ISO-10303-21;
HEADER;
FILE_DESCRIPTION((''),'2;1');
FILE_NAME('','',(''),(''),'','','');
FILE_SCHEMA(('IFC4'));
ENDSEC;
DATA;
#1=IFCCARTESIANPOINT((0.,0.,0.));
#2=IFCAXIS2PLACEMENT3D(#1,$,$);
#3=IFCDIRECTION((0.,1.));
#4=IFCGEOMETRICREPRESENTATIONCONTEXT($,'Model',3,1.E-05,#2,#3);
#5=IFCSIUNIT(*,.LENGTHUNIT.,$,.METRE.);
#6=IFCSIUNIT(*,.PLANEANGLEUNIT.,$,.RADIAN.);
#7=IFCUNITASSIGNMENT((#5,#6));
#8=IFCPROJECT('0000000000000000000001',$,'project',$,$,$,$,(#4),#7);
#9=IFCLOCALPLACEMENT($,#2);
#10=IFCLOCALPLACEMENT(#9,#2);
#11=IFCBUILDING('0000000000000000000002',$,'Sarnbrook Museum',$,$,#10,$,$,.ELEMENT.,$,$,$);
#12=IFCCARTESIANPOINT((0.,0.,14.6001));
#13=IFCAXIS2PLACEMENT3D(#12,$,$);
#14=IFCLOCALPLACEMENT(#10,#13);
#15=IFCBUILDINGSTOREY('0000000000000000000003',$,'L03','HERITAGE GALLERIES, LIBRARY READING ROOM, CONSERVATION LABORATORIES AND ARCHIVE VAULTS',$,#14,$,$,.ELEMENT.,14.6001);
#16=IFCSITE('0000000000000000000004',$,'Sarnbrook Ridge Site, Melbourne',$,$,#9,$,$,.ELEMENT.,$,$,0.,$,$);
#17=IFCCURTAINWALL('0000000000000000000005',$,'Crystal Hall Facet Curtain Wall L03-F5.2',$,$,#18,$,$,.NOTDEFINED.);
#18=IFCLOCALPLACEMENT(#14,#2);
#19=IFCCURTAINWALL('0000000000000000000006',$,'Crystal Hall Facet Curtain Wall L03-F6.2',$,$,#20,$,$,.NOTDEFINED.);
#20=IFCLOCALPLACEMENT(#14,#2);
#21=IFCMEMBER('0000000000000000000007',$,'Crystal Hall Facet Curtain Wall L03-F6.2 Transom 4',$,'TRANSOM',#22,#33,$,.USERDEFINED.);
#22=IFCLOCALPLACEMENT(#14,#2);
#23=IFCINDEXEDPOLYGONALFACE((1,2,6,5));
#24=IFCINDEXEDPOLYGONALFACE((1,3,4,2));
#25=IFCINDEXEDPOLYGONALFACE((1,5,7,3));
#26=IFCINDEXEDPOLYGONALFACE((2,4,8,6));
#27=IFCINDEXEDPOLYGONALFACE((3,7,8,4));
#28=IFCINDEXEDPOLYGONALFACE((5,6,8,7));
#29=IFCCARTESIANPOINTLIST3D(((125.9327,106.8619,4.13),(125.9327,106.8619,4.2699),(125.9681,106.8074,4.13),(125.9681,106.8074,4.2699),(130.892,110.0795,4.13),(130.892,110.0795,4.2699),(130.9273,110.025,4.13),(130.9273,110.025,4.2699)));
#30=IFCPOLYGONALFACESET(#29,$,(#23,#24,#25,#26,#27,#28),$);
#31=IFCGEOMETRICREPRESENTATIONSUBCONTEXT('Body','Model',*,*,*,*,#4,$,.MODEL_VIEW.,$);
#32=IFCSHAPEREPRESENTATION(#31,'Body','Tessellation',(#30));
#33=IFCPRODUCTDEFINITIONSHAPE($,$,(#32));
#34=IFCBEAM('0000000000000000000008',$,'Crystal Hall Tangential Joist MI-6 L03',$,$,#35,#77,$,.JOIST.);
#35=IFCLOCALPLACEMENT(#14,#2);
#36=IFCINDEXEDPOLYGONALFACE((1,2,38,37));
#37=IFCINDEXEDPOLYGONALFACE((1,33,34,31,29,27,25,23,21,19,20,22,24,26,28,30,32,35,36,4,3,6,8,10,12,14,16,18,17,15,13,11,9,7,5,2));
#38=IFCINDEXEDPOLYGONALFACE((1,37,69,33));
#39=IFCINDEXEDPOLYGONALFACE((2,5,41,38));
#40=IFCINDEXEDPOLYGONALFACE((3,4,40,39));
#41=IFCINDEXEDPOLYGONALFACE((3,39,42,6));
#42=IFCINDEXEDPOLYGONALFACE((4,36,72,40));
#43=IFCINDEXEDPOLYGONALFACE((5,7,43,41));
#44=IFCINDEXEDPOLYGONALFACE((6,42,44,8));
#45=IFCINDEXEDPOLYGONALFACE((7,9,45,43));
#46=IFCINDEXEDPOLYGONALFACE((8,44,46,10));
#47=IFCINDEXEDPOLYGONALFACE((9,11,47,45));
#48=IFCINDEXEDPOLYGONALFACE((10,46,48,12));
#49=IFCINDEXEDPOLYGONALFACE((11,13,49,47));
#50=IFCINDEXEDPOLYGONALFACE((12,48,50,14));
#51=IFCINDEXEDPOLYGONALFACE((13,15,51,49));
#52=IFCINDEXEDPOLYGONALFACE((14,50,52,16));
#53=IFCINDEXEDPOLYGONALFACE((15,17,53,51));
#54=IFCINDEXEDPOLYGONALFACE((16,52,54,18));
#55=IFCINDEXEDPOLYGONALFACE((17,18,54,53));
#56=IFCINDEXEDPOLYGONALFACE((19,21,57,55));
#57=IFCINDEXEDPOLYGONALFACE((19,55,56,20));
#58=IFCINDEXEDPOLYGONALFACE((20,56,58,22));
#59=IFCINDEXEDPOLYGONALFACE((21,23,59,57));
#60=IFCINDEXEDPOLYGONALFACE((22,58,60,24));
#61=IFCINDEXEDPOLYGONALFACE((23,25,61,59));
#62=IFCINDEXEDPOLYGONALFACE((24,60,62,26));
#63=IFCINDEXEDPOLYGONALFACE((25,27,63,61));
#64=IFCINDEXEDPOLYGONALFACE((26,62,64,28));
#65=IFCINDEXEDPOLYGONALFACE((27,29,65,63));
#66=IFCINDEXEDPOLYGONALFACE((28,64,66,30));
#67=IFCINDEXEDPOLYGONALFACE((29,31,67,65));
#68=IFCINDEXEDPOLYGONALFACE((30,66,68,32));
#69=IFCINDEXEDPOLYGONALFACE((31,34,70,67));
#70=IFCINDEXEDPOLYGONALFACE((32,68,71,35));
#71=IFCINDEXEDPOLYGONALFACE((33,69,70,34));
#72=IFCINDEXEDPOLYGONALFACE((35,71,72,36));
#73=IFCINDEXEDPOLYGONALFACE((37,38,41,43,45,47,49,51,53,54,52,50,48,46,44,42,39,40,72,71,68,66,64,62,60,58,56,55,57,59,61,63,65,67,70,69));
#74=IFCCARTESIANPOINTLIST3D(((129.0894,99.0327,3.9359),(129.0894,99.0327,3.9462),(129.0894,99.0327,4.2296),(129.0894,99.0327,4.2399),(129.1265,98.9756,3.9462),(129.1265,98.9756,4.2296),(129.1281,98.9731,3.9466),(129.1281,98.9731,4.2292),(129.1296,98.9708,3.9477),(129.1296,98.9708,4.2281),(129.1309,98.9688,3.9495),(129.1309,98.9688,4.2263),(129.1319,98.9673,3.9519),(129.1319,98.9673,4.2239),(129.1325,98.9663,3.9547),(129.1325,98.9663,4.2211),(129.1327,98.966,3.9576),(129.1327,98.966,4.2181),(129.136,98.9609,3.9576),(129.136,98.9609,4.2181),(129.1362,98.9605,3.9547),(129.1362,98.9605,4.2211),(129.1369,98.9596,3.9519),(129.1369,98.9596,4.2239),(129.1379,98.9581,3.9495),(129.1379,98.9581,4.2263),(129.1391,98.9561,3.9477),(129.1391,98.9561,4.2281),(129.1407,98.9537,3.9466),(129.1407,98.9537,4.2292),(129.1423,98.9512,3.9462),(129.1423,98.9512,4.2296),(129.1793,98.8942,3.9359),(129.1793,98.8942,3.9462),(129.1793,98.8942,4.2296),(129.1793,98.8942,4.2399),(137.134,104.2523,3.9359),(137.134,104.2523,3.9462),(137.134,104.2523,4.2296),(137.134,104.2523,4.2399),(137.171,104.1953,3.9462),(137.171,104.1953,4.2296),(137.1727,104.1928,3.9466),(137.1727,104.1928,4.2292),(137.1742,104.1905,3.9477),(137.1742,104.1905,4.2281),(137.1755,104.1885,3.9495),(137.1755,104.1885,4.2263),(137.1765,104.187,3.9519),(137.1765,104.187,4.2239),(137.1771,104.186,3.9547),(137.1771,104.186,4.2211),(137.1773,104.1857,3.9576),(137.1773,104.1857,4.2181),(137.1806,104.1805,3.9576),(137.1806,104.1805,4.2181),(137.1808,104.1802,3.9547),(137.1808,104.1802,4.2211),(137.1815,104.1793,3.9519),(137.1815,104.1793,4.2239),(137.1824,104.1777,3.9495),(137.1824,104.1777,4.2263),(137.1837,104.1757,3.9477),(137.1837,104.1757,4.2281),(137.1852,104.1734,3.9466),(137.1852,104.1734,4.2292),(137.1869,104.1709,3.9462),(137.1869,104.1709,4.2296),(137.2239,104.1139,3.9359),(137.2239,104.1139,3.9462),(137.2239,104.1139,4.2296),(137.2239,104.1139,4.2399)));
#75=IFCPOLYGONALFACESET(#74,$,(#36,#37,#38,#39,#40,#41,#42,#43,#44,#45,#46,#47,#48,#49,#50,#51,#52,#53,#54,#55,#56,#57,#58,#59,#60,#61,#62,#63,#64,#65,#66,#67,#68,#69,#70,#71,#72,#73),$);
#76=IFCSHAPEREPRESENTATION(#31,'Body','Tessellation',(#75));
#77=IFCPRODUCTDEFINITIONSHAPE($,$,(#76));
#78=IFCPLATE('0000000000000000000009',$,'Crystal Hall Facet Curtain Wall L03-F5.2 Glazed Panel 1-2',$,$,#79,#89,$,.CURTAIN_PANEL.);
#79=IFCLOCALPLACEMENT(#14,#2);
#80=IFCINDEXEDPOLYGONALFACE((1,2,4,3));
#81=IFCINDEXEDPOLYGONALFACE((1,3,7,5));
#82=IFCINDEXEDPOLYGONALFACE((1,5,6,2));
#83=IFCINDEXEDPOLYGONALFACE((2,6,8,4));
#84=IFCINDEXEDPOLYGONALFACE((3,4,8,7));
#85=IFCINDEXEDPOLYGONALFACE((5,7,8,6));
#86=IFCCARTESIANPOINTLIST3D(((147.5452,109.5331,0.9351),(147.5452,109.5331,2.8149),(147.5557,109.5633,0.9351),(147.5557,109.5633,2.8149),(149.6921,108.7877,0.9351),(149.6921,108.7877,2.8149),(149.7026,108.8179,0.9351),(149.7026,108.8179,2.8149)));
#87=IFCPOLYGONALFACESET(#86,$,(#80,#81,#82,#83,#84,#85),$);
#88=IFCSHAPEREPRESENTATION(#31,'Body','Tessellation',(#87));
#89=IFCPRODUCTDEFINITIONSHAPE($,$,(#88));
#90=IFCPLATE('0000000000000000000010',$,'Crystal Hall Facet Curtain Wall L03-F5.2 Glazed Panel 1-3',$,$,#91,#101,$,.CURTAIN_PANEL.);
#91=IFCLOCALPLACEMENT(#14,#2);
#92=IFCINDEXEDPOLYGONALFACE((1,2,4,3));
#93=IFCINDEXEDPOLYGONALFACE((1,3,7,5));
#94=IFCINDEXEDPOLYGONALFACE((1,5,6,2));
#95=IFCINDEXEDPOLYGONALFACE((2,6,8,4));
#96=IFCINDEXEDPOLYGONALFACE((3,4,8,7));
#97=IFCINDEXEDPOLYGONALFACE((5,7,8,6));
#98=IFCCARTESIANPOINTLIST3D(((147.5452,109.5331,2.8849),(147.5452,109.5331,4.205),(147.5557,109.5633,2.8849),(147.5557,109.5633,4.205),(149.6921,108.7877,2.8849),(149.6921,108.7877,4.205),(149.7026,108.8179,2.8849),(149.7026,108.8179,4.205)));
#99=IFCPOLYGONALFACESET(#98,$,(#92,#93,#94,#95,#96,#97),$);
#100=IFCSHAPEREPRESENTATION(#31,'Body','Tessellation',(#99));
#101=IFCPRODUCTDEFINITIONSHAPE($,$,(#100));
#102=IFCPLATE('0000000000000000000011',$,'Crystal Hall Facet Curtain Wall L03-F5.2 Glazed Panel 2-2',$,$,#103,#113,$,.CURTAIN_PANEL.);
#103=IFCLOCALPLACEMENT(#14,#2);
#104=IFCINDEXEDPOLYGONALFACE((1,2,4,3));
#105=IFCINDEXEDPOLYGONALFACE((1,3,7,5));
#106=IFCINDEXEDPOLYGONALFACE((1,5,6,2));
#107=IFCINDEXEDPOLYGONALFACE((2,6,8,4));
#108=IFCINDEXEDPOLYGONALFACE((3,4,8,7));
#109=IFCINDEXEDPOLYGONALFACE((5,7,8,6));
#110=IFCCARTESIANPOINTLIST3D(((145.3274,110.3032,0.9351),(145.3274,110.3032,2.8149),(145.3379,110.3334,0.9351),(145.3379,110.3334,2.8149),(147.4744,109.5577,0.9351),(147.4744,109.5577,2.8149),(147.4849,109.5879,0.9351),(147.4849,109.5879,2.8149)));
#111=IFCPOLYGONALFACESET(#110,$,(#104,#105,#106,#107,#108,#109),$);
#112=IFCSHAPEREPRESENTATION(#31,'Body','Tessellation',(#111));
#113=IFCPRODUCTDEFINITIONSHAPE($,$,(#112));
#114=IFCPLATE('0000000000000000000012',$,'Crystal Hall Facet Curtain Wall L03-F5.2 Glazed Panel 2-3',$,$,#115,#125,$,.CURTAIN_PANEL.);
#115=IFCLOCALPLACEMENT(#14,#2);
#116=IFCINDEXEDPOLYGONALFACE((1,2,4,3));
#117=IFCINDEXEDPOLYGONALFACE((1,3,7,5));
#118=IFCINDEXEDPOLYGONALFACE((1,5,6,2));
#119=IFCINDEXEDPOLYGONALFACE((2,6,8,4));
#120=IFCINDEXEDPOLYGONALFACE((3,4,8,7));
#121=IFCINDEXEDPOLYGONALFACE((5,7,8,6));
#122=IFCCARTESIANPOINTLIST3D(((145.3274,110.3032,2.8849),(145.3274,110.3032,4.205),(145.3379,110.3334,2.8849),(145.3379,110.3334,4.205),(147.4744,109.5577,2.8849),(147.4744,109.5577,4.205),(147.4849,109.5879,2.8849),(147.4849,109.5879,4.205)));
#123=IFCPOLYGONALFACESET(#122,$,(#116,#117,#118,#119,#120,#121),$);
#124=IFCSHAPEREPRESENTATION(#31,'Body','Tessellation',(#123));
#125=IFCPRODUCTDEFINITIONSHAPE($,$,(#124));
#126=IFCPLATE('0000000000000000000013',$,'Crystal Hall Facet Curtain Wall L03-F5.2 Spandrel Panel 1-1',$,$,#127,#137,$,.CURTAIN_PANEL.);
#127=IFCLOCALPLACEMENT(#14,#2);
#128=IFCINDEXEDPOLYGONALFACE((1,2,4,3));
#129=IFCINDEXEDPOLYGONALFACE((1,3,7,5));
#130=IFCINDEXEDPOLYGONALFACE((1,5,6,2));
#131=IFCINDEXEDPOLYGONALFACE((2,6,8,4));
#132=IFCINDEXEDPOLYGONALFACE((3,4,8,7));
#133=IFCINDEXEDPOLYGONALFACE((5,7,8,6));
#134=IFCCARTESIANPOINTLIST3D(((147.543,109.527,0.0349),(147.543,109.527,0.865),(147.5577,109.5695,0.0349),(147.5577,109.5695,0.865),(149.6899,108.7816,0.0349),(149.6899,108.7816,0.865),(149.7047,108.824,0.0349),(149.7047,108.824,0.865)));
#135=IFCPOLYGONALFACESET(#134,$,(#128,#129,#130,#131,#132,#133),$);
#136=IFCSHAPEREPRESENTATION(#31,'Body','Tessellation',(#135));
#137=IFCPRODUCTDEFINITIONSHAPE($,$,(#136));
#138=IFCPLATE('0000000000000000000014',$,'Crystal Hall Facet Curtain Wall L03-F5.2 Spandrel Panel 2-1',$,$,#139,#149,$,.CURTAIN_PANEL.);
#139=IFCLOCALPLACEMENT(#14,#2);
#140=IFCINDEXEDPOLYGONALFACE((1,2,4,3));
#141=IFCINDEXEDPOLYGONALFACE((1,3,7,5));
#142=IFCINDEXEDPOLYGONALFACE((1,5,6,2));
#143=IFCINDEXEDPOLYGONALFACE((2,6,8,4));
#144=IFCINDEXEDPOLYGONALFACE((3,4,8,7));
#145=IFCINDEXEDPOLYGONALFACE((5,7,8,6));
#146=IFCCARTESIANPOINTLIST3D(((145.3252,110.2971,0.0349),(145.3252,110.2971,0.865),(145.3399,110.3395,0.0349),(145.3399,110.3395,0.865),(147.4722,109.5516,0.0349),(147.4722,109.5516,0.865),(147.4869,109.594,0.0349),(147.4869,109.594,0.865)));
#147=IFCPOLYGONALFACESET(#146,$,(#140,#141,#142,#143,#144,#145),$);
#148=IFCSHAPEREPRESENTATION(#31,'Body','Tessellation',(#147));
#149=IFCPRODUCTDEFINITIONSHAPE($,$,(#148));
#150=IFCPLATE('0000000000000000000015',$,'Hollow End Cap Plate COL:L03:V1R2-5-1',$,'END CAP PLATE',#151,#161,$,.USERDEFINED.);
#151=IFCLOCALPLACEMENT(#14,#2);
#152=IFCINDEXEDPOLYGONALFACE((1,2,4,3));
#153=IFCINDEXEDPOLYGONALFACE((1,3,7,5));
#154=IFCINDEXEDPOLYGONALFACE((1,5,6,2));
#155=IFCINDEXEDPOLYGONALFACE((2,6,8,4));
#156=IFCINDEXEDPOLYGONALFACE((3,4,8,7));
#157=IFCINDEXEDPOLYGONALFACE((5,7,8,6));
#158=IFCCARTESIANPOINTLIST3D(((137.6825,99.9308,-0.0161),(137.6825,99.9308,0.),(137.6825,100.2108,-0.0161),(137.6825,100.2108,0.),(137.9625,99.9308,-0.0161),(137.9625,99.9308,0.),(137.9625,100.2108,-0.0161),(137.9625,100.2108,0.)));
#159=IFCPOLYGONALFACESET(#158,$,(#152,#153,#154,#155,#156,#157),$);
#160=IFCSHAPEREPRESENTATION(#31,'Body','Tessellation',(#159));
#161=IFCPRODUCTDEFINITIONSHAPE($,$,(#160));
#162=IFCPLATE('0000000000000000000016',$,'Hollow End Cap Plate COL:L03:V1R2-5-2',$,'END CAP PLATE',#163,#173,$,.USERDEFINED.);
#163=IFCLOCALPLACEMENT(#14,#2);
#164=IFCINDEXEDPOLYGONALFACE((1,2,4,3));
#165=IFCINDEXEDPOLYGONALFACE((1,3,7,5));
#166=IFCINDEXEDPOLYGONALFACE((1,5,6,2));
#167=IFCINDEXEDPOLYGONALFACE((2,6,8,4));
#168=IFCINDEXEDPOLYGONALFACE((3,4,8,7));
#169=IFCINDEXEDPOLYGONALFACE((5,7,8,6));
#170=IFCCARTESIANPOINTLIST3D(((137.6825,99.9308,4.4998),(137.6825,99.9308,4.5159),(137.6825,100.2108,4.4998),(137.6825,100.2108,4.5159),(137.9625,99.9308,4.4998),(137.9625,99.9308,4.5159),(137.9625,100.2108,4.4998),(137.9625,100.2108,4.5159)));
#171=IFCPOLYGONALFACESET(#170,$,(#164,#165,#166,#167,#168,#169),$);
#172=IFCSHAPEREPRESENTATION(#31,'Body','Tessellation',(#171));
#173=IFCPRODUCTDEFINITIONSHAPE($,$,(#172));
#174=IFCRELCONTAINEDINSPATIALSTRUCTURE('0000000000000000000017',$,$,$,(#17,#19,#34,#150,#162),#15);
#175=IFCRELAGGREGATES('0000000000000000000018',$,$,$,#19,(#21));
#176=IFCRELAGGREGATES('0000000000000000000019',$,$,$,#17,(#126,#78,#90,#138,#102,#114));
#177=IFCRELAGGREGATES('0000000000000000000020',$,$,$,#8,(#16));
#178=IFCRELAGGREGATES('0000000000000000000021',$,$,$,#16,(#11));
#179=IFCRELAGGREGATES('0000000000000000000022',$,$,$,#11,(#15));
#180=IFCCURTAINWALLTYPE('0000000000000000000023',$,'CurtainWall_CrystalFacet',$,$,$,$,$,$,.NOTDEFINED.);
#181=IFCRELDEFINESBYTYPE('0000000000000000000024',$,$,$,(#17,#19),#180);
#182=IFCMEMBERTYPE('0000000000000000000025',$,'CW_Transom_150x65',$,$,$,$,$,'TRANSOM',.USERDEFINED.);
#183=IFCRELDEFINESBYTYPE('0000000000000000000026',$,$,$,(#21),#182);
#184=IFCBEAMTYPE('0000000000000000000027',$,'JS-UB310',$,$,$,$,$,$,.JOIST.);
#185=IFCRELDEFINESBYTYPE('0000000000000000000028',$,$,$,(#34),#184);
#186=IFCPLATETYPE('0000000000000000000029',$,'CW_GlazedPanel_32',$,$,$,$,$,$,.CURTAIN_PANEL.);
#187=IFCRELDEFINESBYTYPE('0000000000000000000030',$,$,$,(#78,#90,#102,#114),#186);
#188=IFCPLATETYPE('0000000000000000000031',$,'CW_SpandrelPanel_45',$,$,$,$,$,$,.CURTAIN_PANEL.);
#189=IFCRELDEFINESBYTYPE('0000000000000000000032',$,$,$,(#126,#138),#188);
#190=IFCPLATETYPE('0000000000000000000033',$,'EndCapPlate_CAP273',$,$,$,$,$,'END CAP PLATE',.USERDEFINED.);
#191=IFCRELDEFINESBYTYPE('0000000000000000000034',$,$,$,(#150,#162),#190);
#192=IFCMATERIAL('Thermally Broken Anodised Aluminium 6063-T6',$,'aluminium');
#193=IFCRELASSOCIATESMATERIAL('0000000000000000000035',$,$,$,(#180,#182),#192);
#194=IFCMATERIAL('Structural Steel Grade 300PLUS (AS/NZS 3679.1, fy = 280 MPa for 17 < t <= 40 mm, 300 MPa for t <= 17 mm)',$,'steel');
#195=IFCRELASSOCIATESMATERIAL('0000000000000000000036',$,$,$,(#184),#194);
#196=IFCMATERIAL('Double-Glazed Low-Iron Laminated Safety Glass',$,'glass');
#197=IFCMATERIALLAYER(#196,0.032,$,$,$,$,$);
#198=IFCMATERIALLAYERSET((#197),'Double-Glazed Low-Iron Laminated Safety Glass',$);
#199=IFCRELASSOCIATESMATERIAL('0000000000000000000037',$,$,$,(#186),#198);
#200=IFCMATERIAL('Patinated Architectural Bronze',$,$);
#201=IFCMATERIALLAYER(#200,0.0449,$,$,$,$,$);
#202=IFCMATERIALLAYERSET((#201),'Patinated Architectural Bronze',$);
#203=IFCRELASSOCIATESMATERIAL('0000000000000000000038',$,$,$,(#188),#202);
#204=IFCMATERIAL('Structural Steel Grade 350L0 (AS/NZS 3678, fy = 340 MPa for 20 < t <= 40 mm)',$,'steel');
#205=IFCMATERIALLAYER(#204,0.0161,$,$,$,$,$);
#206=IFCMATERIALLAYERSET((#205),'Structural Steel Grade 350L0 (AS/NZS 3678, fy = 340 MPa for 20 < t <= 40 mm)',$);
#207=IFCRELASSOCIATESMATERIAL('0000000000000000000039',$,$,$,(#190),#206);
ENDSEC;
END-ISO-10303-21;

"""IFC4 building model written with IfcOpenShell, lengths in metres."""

from ifc_helpers import new_model, si_unit, direction, frame, origin, origin_2d, place, context, subcontext, project, spatial, rectangle, i_section, extrude, material, layer, layer_set, material_profile, profile_set, type_object, element, aggregate, save


model = new_model("IFC4")

# Units and contexts
model_context = context("Model", 3, precision=1e-05, world=origin(), true_north=direction((0.0, 1.0)))
body_context = subcontext(model_context, "Body", "Model", "MODEL_VIEW")
ifc_project = project(units=[si_unit("LENGTHUNIT", "METRE"), si_unit("PLANEANGLEUNIT", "RADIAN")], contexts=[model_context])

# Site, building, storey
site_placement = place(None, origin())
site = spatial("IfcSite", under=ifc_project, at=site_placement, Name="Sarnbrook Ridge Site, Melbourne", CompositionType="ELEMENT", RefElevation=0.0)
building_placement = place(site_placement, origin())
building = spatial("IfcBuilding", under=site, at=building_placement, Name="Sarnbrook Museum", CompositionType="ELEMENT")
storey_placement = place(building_placement, frame((0.0, 0.0, 14.6001)))
storey = spatial("IfcBuildingStorey", under=building, at=storey_placement, Name="L03", Description="HERITAGE GALLERIES, LIBRARY READING ROOM, CONSERVATION LABORATORIES AND ARCHIVE VAULTS", CompositionType="ELEMENT", Elevation=14.6001)

# Shared definitions
ifc_material_1 = material(Name="Structural Steel Grade 350L0 (AS/NZS 3678, fy = 340 MPa for 20 < t <= 40 mm)", Category="steel")

# Curtain walls, member
ifc_material_2 = material(Name="Thermally Broken Anodised Aluminium 6063-T6", Category="aluminium")
curtain_wall_type = type_object("IfcCurtainWallType", Name="CurtainWall_CrystalFacet", PredefinedType="NOTDEFINED", material=ifc_material_2)
curtain_wall_1_placement = place(storey_placement, origin())
curtain_wall_1 = element("IfcCurtainWall", 1, at=curtain_wall_1_placement, inside=storey, type_object=curtain_wall_type, Name="Crystal Hall Facet Curtain Wall L03-F5.2", PredefinedType="NOTDEFINED")
ifc_material_profile_1 = material_profile(ifc_material_2, rectangle(XDim=0.0649, YDim=0.1399, at=origin_2d()), Name="ALU TRANSOM 65x140")
ifc_profile_set_1 = profile_set([ifc_material_profile_1], Name="Thermally Broken Anodised Aluminium 6063-T6")
member_type_1 = type_object("IfcMemberType", Name="CW_Transom_150x65", ElementType="TRANSOM", PredefinedType="USERDEFINED", material=ifc_profile_set_1)
curtain_wall_2_placement = place(storey_placement, origin())
curtain_wall_2 = element("IfcCurtainWall", 2, at=curtain_wall_2_placement, inside=storey, type_object=curtain_wall_type, Name="Crystal Hall Facet Curtain Wall L03-F6.2", PredefinedType="NOTDEFINED")
member_1_placement = place(storey_placement, frame((130.9097, 110.0522, 4.2), z_axis=(-0.838905, -0.544278, 0.0), x_axis=(0.544278, -0.838905, 0.0)))
member_1 = element("IfcMember", 3, at=member_1_placement, type_object=member_type_1, Name="Crystal Hall Facet Curtain Wall L03-F6.2 Transom 4", ObjectType="TRANSOM", PredefinedType="USERDEFINED", context=body_context, shape_type="SweptSolid", body=[
    extrude(rectangle(XDim=0.0649, YDim=0.1399, at=origin_2d()), origin(), (0.0, 0.0, 1.0), 5.9116),
])
aggregate(curtain_wall_2, [member_1])

# Beam
ifc_material_3 = material(Name="Structural Steel Grade 300PLUS (AS/NZS 3679.1, fy = 280 MPa for 17 < t <= 40 mm, 300 MPa for t <= 17 mm)", Category="steel")
ifc_material_profile_2 = material_profile(ifc_material_3, i_section(OverallWidth=0.165, OverallDepth=0.304, WebThickness=0.0061, FlangeThickness=0.0103, FilletRadius=0.0115, at=origin_2d()), Name="310UB40.4")
ifc_profile_set_2 = profile_set([ifc_material_profile_2], Name="Structural Steel Grade 300PLUS (AS/NZS 3679.1, fy = 280 MPa for 17 < t <= 40 mm, 300 MPa for t <= 17 mm)")
beam_type_1 = type_object("IfcBeamType", Name="JS-UB310", PredefinedType="JOIST", material=ifc_profile_set_2)
beam_1_placement = place(storey_placement, frame((137.179, 104.1831, 4.0879), z_axis=(-0.838887, -0.544305, 0.0), x_axis=(0.544305, -0.838887, 0.0)))
element("IfcBeam", 4, at=beam_1_placement, inside=storey, type_object=beam_type_1, Name="Crystal Hall Tangential Joist MI-6 L03", PredefinedType="JOIST", context=body_context, shape_type="SweptSolid", body=[
    extrude(i_section(OverallWidth=0.165, OverallDepth=0.304, WebThickness=0.0061, FlangeThickness=0.0103, FilletRadius=0.0115, at=origin_2d()), origin(), (0.0, 0.0, 1.0), 9.5896),
])

# Plates
ifc_material_4 = material(Name="Double-Glazed Low-Iron Laminated Safety Glass", Category="glass")
ifc_layer_1 = layer(ifc_material_4, 0.032)
ifc_layer_set_1 = layer_set([ifc_layer_1], Name="Double-Glazed Low-Iron Laminated Safety Glass")
plate_type_1 = type_object("IfcPlateType", Name="CW_GlazedPanel_32", PredefinedType="CURTAIN_PANEL", material=ifc_layer_set_1)
plate_1_placement = place(storey_placement, frame((148.6187, 109.1604, 1.875), z_axis=(0.32801, 0.944674, 0.0), x_axis=(-0.944674, 0.32801, 0.0)))
plate_1 = element("IfcPlate", 5, at=plate_1_placement, type_object=plate_type_1, Name="Crystal Hall Facet Curtain Wall L03-F5.2 Glazed Panel 1-2", PredefinedType="CURTAIN_PANEL", context=body_context, shape_type="SweptSolid", body=[
    extrude(rectangle(XDim=2.2727, YDim=1.8799, at=origin_2d()), origin(), (0.0, 0.0, 1.0), 0.032),
])
plate_2_placement = place(storey_placement, frame((148.6187, 109.1604, 3.5449), z_axis=(0.32801, 0.944674, 0.0), x_axis=(-0.944674, 0.32801, 0.0)))
plate_2 = element("IfcPlate", 6, at=plate_2_placement, type_object=plate_type_1, Name="Crystal Hall Facet Curtain Wall L03-F5.2 Glazed Panel 1-3", PredefinedType="CURTAIN_PANEL", context=body_context, shape_type="SweptSolid", body=[
    extrude(rectangle(XDim=2.2727, YDim=1.3201, at=origin_2d()), origin(), (0.0, 0.0, 1.0), 0.032),
])
plate_3_placement = place(storey_placement, frame((146.4009, 109.9304, 1.875), z_axis=(0.32801, 0.944674, 0.0), x_axis=(-0.944674, 0.32801, 0.0)))
plate_3 = element("IfcPlate", 7, at=plate_3_placement, type_object=plate_type_1, Name="Crystal Hall Facet Curtain Wall L03-F5.2 Glazed Panel 2-2", PredefinedType="CURTAIN_PANEL", context=body_context, shape_type="SweptSolid", body=[
    extrude(rectangle(XDim=2.2727, YDim=1.8799, at=origin_2d()), origin(), (0.0, 0.0, 1.0), 0.032),
])
plate_4_placement = place(storey_placement, frame((146.4009, 109.9304, 3.5449), z_axis=(0.32801, 0.944674, 0.0), x_axis=(-0.944674, 0.32801, 0.0)))
plate_4 = element("IfcPlate", 8, at=plate_4_placement, type_object=plate_type_1, Name="Crystal Hall Facet Curtain Wall L03-F5.2 Glazed Panel 2-3", PredefinedType="CURTAIN_PANEL", context=body_context, shape_type="SweptSolid", body=[
    extrude(rectangle(XDim=2.2727, YDim=1.3201, at=origin_2d()), origin(), (0.0, 0.0, 1.0), 0.032),
])
ifc_material_5 = material(Name="Patinated Architectural Bronze")
ifc_layer_2 = layer(ifc_material_5, 0.0449)
ifc_layer_set_2 = layer_set([ifc_layer_2], Name="Patinated Architectural Bronze")
plate_type_2 = type_object("IfcPlateType", Name="CW_SpandrelPanel_45", PredefinedType="CURTAIN_PANEL", material=ifc_layer_set_2)
plate_5_placement = place(storey_placement, frame((148.6165, 109.1543, 0.45), z_axis=(0.32801, 0.944674, 0.0), x_axis=(-0.944674, 0.32801, 0.0)))
plate_5 = element("IfcPlate", 9, at=plate_5_placement, type_object=plate_type_2, Name="Crystal Hall Facet Curtain Wall L03-F5.2 Spandrel Panel 1-1", PredefinedType="CURTAIN_PANEL", context=body_context, shape_type="SweptSolid", body=[
    extrude(rectangle(XDim=2.2727, YDim=0.8301, at=origin_2d()), origin(), (0.0, 0.0, 1.0), 0.0449),
])
plate_6_placement = place(storey_placement, frame((146.3987, 109.9243, 0.45), z_axis=(0.32801, 0.944674, 0.0), x_axis=(-0.944674, 0.32801, 0.0)))
plate_6 = element("IfcPlate", 10, at=plate_6_placement, type_object=plate_type_2, Name="Crystal Hall Facet Curtain Wall L03-F5.2 Spandrel Panel 2-1", PredefinedType="CURTAIN_PANEL", context=body_context, shape_type="SweptSolid", body=[
    extrude(rectangle(XDim=2.2727, YDim=0.8301, at=origin_2d()), origin(), (0.0, 0.0, 1.0), 0.0449),
])
aggregate(curtain_wall_1, [plate_5, plate_1, plate_2, plate_6, plate_3, plate_4])

# Plates
ifc_layer_3 = layer(ifc_material_1, 0.0161)
ifc_layer_set_3 = layer_set([ifc_layer_3], Name="Structural Steel Grade 350L0 (AS/NZS 3678, fy = 340 MPa for 20 < t <= 40 mm)")
plate_type_3 = type_object("IfcPlateType", Name="EndCapPlate_CAP273", ElementType="END CAP PLATE", PredefinedType="USERDEFINED", material=ifc_layer_set_3)
for number, where, z_axis, x_axis, name in (
    (11, (137.8225, 100.0708, -0.0161), (0.0, 0.0, 1.0), (1.0, 0.0, 0.0), "Hollow End Cap Plate COL:L03:V1R2-5-1"),
    (12, (137.8225, 100.0708, 4.4998), (0.0, 0.0, 1.0), (1.0, 0.0, 0.0), "Hollow End Cap Plate COL:L03:V1R2-5-2"),
):
    element("IfcPlate", number, at=place(storey_placement, frame(where, z_axis=z_axis, x_axis=x_axis)), inside=storey, type_object=plate_type_3, Name=name, ObjectType="END CAP PLATE", PredefinedType="USERDEFINED", context=body_context, shape_type="SweptSolid", body=[
        extrude(rectangle(XDim=0.28, YDim=0.28, at=origin_2d()), origin(), (0.0, 0.0, 1.0), 0.0161),
    ])

save(model, "model.ifc")
